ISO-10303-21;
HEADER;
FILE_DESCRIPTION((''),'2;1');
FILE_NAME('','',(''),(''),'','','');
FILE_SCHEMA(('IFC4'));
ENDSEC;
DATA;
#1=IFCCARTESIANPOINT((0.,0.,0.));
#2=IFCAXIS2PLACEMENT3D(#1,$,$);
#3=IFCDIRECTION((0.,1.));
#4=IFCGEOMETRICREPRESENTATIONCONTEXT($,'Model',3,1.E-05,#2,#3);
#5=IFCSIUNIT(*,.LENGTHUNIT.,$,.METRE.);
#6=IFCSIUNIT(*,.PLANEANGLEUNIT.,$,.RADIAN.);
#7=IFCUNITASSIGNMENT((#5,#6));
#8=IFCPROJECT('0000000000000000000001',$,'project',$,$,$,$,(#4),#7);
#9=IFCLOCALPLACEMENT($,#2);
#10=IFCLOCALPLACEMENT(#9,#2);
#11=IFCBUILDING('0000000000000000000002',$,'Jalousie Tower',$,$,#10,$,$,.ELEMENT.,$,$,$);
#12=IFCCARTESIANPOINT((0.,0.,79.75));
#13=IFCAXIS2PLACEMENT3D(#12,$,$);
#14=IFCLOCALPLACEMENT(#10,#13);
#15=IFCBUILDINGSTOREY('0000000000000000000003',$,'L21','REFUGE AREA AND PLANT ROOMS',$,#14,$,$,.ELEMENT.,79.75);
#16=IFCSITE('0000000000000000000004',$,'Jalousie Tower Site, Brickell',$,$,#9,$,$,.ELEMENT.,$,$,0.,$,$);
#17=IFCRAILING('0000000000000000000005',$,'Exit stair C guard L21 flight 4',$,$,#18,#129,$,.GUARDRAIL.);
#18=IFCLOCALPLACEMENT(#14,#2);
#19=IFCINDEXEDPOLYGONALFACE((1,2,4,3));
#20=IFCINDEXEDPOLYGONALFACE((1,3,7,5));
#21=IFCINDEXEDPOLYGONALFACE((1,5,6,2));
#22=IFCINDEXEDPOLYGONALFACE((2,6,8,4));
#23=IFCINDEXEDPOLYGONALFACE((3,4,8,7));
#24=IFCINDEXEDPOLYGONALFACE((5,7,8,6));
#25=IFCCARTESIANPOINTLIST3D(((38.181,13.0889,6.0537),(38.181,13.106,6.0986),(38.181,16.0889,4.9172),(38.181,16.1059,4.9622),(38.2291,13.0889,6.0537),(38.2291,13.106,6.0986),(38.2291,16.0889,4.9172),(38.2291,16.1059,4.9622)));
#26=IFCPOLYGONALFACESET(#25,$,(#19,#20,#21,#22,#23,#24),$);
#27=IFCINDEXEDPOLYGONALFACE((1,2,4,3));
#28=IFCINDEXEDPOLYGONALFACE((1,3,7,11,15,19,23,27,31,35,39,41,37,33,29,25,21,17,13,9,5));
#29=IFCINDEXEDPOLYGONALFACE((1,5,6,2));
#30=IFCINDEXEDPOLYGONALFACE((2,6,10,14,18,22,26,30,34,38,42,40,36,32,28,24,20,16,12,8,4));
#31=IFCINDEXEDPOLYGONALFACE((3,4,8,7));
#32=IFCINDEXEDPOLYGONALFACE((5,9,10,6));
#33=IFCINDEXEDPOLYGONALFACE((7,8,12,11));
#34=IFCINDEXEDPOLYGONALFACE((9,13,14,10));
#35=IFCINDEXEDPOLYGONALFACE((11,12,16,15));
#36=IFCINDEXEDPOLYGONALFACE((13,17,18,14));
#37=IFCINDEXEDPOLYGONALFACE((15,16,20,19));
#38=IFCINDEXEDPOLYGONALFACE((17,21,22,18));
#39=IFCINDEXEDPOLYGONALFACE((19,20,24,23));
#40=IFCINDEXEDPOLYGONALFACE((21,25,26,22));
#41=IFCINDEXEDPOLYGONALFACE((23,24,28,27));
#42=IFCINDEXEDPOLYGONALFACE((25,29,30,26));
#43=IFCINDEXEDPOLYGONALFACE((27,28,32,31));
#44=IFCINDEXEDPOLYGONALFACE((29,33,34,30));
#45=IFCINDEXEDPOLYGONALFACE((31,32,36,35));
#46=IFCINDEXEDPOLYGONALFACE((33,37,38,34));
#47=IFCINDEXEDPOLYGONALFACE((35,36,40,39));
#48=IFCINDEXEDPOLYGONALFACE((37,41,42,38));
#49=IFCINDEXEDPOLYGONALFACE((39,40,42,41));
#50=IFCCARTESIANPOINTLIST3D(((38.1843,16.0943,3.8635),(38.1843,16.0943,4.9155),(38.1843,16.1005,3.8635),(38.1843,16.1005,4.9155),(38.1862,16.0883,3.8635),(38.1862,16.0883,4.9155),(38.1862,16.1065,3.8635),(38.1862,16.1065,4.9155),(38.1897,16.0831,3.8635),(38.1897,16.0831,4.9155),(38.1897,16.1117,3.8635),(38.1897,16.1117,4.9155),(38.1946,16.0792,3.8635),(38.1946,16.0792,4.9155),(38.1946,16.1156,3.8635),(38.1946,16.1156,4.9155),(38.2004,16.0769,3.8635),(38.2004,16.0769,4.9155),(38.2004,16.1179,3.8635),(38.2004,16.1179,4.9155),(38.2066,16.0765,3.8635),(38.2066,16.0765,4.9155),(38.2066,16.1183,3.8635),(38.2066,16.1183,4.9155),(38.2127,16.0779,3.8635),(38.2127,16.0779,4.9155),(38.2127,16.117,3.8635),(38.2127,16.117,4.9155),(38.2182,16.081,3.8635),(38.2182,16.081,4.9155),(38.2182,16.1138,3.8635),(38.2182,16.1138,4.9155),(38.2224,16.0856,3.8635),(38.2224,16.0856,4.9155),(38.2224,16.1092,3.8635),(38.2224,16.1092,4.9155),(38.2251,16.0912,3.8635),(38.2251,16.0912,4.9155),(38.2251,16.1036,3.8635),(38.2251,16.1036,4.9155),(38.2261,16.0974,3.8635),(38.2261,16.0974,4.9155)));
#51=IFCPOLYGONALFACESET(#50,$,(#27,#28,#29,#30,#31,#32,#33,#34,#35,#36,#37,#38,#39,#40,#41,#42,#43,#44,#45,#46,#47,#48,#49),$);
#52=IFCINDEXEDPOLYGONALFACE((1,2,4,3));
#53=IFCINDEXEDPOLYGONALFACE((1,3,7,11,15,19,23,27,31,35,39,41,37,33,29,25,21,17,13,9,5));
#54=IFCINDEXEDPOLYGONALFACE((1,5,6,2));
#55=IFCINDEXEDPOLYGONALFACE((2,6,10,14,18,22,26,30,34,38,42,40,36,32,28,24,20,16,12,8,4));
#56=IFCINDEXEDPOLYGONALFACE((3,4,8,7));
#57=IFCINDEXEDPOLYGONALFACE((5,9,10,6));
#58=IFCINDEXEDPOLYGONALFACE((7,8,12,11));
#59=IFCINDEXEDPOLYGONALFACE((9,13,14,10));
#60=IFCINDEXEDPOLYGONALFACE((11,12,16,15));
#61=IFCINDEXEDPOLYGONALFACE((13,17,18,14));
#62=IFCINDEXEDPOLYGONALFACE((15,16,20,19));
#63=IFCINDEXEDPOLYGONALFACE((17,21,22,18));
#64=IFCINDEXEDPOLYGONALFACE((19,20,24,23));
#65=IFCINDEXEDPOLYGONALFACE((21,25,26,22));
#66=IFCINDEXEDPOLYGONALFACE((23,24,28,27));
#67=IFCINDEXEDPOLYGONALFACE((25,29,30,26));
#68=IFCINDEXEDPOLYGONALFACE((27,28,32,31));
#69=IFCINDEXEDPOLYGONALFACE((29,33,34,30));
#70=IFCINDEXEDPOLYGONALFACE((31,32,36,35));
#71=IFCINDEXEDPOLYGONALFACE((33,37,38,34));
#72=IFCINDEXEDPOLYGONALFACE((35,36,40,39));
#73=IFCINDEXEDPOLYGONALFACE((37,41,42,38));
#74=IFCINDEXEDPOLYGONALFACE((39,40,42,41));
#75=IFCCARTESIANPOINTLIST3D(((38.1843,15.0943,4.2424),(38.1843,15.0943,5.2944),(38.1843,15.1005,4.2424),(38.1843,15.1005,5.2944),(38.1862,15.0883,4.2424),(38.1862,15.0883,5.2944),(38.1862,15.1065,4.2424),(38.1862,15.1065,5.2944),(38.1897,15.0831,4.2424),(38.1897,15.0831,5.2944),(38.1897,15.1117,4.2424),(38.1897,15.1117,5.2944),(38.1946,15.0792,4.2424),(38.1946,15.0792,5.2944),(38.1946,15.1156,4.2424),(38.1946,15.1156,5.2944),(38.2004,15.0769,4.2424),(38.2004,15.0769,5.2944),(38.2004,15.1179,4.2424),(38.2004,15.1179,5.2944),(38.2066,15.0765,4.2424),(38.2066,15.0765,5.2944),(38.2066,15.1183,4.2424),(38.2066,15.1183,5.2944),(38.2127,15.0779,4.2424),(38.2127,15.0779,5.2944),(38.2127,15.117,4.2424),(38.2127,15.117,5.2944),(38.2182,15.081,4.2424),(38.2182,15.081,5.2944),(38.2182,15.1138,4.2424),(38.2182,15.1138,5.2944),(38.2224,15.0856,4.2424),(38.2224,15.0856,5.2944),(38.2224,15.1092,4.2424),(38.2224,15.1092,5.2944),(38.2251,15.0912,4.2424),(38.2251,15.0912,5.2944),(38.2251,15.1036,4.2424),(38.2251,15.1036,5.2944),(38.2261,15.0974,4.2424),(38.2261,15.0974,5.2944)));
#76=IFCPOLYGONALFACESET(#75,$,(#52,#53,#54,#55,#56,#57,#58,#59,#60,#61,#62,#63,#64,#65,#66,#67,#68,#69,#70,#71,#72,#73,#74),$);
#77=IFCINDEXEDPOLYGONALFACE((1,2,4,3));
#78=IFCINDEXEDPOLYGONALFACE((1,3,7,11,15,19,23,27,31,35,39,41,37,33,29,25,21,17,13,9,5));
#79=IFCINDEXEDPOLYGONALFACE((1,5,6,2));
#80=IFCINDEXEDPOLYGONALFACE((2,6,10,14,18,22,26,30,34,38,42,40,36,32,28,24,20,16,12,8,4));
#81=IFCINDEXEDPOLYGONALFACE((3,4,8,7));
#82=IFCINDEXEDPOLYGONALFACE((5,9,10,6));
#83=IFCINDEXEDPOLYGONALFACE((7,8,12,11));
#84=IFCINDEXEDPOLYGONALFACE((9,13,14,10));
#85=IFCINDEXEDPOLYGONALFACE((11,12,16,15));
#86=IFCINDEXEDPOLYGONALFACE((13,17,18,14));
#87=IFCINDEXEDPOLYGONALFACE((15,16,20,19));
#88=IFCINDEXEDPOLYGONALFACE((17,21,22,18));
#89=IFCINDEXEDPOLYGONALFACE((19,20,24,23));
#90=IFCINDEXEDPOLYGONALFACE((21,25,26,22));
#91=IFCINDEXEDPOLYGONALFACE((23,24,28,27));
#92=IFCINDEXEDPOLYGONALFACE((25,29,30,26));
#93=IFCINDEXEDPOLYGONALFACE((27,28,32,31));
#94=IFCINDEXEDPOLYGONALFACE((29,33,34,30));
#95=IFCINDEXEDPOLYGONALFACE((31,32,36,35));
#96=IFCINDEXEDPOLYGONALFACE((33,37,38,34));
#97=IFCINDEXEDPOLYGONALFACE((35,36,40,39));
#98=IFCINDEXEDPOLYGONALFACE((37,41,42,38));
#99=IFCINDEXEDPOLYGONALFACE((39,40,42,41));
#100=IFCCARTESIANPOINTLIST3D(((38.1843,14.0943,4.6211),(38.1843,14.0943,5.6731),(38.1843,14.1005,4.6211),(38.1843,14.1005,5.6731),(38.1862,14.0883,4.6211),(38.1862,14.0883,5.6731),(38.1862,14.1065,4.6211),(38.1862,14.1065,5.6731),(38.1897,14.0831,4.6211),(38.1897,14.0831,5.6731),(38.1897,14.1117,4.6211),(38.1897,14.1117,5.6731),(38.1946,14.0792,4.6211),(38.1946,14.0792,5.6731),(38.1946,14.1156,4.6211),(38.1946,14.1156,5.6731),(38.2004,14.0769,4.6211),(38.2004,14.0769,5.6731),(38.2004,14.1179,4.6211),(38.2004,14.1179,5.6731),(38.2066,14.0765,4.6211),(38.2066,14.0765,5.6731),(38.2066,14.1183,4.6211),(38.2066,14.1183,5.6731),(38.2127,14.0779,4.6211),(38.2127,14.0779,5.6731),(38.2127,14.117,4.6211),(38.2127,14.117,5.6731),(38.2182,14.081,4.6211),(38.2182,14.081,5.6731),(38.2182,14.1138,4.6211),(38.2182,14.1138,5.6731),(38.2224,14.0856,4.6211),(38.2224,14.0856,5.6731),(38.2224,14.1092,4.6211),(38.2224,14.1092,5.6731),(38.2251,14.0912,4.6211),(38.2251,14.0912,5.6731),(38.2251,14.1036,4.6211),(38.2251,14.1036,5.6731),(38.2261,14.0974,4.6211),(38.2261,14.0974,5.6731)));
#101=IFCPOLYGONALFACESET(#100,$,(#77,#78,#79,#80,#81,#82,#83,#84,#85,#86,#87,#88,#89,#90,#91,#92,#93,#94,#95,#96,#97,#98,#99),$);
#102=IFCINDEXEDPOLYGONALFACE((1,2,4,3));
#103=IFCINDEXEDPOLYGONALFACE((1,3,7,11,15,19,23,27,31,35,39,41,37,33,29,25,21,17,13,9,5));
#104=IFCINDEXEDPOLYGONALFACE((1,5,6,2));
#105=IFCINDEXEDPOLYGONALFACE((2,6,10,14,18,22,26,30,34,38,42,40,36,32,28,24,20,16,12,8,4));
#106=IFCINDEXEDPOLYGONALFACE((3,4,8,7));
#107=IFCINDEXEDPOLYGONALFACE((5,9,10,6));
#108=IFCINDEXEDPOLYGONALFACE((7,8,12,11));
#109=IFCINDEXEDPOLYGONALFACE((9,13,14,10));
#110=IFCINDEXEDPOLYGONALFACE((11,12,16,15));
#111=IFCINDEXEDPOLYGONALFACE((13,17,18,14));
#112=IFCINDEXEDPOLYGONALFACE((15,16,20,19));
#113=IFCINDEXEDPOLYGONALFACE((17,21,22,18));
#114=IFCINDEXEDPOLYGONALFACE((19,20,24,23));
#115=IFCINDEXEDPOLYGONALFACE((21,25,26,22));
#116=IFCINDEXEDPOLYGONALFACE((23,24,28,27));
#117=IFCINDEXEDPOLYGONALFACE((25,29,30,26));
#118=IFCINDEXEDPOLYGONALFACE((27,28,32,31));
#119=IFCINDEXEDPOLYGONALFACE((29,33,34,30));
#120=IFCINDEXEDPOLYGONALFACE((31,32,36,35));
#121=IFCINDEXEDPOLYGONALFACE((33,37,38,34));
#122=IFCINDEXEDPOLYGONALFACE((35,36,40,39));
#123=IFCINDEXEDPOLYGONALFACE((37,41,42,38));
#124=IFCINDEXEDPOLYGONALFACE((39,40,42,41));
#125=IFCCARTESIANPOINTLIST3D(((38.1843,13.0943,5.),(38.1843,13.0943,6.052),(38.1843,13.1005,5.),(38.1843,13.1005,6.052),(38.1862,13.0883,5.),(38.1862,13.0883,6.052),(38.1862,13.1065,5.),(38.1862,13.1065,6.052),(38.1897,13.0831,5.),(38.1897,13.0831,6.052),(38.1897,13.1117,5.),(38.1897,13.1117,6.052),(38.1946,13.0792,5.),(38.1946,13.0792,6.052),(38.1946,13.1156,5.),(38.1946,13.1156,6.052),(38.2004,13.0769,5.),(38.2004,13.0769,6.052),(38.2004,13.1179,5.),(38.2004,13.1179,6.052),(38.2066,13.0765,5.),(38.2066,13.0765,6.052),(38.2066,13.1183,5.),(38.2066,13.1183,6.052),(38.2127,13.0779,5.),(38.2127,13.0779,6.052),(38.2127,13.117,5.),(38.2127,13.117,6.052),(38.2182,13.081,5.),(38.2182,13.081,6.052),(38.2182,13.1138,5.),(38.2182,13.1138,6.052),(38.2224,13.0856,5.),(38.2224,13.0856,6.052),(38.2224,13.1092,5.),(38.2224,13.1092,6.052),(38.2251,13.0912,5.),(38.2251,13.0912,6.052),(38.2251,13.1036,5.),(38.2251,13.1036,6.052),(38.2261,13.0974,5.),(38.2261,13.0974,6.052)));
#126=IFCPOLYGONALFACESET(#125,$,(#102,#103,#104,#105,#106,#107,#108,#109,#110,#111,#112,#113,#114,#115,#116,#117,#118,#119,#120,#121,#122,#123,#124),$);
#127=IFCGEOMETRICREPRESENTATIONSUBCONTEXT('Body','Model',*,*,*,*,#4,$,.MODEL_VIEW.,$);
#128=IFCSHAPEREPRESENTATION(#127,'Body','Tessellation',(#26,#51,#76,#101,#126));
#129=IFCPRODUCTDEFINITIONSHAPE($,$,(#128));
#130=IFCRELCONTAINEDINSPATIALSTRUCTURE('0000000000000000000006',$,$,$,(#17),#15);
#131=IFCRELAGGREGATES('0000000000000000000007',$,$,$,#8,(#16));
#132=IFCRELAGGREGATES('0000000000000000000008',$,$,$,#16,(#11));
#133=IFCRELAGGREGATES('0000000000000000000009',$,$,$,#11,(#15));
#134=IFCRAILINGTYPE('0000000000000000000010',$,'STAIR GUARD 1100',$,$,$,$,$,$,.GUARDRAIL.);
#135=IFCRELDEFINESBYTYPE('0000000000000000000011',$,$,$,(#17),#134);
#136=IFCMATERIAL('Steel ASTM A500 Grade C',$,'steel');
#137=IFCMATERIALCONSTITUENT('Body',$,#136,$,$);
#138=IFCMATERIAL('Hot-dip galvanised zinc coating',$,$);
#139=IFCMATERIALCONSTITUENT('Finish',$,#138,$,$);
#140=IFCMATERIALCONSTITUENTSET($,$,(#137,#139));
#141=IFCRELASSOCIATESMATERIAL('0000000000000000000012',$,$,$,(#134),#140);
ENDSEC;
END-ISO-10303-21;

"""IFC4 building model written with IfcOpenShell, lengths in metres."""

from ifc_helpers import new_model, si_unit, direction, frame, origin, origin_2d, place, context, subcontext, project, spatial, rectangle, circle, extrude, material, constituent, constituent_set, type_object, element, save


model = new_model("IFC4")

# Units and contexts
model_context = context("Model", 3, precision=1e-05, world=origin(), true_north=direction((0.0, 1.0)))
body_context = subcontext(model_context, "Body", "Model", "MODEL_VIEW")
ifc_project = project(units=[si_unit("LENGTHUNIT", "METRE"), si_unit("PLANEANGLEUNIT", "RADIAN")], contexts=[model_context])

# Site, building, storey
site_placement = place(None, origin())
site = spatial("IfcSite", under=ifc_project, at=site_placement, Name="Jalousie Tower Site, Brickell", CompositionType="ELEMENT", RefElevation=0.0)
building_placement = place(site_placement, origin())
building = spatial("IfcBuilding", under=site, at=building_placement, Name="Jalousie Tower", CompositionType="ELEMENT")
storey_placement = place(building_placement, frame((0.0, 0.0, 79.75)))
storey = spatial("IfcBuildingStorey", under=building, at=storey_placement, Name="L21", Description="REFUGE AREA AND PLANT ROOMS", CompositionType="ELEMENT", Elevation=79.75)

# Railing
ifc_material_1 = material(Name="Steel ASTM A500 Grade C", Category="steel")
ifc_constituent_1 = constituent(ifc_material_1, Name="Body")
ifc_material_2 = material(Name="Hot-dip galvanised zinc coating")
ifc_constituent_2 = constituent(ifc_material_2, Name="Finish")
ifc_constituent_set_1 = constituent_set(constituents=[ifc_constituent_1, ifc_constituent_2])
railing_type_1 = type_object("IfcRailingType", Name="STAIR GUARD 1100", PredefinedType="GUARDRAIL", material=ifc_constituent_set_1)
railing_1_placement = place(storey_placement, frame((38.2051, 16.0974, 3.8635)))
element("IfcRailing", 1, at=railing_1_placement, inside=storey, type_object=railing_type_1, Name="Exit stair C guard L21 flight 4", PredefinedType="GUARDRAIL", context=body_context, shape_type="SweptSolid", body=[
    extrude(rectangle(XDim=0.0481, YDim=0.0481, at=origin_2d()), frame((0.0, 0.0, 1.0762), z_axis=(0.0, -0.935148, 0.354257), x_axis=(1.0, 0.0, 0.0)), (0.0, 0.0, 1.0), 3.208),
    extrude(circle(Radius=0.021, at=origin_2d()), origin(), (0.0, 0.0, 1.0), 1.052),
    extrude(circle(Radius=0.021, at=origin_2d()), frame((0.0, -1.0, 0.3789)), (0.0, 0.0, 1.0), 1.052),
    extrude(circle(Radius=0.021, at=origin_2d()), frame((0.0, -2.0, 0.7576)), (0.0, 0.0, 1.0), 1.052),
    extrude(circle(Radius=0.021, at=origin_2d()), frame((0.0, -3.0, 1.1365)), (0.0, 0.0, 1.0), 1.052),
])

save(model, "model.ifc")
